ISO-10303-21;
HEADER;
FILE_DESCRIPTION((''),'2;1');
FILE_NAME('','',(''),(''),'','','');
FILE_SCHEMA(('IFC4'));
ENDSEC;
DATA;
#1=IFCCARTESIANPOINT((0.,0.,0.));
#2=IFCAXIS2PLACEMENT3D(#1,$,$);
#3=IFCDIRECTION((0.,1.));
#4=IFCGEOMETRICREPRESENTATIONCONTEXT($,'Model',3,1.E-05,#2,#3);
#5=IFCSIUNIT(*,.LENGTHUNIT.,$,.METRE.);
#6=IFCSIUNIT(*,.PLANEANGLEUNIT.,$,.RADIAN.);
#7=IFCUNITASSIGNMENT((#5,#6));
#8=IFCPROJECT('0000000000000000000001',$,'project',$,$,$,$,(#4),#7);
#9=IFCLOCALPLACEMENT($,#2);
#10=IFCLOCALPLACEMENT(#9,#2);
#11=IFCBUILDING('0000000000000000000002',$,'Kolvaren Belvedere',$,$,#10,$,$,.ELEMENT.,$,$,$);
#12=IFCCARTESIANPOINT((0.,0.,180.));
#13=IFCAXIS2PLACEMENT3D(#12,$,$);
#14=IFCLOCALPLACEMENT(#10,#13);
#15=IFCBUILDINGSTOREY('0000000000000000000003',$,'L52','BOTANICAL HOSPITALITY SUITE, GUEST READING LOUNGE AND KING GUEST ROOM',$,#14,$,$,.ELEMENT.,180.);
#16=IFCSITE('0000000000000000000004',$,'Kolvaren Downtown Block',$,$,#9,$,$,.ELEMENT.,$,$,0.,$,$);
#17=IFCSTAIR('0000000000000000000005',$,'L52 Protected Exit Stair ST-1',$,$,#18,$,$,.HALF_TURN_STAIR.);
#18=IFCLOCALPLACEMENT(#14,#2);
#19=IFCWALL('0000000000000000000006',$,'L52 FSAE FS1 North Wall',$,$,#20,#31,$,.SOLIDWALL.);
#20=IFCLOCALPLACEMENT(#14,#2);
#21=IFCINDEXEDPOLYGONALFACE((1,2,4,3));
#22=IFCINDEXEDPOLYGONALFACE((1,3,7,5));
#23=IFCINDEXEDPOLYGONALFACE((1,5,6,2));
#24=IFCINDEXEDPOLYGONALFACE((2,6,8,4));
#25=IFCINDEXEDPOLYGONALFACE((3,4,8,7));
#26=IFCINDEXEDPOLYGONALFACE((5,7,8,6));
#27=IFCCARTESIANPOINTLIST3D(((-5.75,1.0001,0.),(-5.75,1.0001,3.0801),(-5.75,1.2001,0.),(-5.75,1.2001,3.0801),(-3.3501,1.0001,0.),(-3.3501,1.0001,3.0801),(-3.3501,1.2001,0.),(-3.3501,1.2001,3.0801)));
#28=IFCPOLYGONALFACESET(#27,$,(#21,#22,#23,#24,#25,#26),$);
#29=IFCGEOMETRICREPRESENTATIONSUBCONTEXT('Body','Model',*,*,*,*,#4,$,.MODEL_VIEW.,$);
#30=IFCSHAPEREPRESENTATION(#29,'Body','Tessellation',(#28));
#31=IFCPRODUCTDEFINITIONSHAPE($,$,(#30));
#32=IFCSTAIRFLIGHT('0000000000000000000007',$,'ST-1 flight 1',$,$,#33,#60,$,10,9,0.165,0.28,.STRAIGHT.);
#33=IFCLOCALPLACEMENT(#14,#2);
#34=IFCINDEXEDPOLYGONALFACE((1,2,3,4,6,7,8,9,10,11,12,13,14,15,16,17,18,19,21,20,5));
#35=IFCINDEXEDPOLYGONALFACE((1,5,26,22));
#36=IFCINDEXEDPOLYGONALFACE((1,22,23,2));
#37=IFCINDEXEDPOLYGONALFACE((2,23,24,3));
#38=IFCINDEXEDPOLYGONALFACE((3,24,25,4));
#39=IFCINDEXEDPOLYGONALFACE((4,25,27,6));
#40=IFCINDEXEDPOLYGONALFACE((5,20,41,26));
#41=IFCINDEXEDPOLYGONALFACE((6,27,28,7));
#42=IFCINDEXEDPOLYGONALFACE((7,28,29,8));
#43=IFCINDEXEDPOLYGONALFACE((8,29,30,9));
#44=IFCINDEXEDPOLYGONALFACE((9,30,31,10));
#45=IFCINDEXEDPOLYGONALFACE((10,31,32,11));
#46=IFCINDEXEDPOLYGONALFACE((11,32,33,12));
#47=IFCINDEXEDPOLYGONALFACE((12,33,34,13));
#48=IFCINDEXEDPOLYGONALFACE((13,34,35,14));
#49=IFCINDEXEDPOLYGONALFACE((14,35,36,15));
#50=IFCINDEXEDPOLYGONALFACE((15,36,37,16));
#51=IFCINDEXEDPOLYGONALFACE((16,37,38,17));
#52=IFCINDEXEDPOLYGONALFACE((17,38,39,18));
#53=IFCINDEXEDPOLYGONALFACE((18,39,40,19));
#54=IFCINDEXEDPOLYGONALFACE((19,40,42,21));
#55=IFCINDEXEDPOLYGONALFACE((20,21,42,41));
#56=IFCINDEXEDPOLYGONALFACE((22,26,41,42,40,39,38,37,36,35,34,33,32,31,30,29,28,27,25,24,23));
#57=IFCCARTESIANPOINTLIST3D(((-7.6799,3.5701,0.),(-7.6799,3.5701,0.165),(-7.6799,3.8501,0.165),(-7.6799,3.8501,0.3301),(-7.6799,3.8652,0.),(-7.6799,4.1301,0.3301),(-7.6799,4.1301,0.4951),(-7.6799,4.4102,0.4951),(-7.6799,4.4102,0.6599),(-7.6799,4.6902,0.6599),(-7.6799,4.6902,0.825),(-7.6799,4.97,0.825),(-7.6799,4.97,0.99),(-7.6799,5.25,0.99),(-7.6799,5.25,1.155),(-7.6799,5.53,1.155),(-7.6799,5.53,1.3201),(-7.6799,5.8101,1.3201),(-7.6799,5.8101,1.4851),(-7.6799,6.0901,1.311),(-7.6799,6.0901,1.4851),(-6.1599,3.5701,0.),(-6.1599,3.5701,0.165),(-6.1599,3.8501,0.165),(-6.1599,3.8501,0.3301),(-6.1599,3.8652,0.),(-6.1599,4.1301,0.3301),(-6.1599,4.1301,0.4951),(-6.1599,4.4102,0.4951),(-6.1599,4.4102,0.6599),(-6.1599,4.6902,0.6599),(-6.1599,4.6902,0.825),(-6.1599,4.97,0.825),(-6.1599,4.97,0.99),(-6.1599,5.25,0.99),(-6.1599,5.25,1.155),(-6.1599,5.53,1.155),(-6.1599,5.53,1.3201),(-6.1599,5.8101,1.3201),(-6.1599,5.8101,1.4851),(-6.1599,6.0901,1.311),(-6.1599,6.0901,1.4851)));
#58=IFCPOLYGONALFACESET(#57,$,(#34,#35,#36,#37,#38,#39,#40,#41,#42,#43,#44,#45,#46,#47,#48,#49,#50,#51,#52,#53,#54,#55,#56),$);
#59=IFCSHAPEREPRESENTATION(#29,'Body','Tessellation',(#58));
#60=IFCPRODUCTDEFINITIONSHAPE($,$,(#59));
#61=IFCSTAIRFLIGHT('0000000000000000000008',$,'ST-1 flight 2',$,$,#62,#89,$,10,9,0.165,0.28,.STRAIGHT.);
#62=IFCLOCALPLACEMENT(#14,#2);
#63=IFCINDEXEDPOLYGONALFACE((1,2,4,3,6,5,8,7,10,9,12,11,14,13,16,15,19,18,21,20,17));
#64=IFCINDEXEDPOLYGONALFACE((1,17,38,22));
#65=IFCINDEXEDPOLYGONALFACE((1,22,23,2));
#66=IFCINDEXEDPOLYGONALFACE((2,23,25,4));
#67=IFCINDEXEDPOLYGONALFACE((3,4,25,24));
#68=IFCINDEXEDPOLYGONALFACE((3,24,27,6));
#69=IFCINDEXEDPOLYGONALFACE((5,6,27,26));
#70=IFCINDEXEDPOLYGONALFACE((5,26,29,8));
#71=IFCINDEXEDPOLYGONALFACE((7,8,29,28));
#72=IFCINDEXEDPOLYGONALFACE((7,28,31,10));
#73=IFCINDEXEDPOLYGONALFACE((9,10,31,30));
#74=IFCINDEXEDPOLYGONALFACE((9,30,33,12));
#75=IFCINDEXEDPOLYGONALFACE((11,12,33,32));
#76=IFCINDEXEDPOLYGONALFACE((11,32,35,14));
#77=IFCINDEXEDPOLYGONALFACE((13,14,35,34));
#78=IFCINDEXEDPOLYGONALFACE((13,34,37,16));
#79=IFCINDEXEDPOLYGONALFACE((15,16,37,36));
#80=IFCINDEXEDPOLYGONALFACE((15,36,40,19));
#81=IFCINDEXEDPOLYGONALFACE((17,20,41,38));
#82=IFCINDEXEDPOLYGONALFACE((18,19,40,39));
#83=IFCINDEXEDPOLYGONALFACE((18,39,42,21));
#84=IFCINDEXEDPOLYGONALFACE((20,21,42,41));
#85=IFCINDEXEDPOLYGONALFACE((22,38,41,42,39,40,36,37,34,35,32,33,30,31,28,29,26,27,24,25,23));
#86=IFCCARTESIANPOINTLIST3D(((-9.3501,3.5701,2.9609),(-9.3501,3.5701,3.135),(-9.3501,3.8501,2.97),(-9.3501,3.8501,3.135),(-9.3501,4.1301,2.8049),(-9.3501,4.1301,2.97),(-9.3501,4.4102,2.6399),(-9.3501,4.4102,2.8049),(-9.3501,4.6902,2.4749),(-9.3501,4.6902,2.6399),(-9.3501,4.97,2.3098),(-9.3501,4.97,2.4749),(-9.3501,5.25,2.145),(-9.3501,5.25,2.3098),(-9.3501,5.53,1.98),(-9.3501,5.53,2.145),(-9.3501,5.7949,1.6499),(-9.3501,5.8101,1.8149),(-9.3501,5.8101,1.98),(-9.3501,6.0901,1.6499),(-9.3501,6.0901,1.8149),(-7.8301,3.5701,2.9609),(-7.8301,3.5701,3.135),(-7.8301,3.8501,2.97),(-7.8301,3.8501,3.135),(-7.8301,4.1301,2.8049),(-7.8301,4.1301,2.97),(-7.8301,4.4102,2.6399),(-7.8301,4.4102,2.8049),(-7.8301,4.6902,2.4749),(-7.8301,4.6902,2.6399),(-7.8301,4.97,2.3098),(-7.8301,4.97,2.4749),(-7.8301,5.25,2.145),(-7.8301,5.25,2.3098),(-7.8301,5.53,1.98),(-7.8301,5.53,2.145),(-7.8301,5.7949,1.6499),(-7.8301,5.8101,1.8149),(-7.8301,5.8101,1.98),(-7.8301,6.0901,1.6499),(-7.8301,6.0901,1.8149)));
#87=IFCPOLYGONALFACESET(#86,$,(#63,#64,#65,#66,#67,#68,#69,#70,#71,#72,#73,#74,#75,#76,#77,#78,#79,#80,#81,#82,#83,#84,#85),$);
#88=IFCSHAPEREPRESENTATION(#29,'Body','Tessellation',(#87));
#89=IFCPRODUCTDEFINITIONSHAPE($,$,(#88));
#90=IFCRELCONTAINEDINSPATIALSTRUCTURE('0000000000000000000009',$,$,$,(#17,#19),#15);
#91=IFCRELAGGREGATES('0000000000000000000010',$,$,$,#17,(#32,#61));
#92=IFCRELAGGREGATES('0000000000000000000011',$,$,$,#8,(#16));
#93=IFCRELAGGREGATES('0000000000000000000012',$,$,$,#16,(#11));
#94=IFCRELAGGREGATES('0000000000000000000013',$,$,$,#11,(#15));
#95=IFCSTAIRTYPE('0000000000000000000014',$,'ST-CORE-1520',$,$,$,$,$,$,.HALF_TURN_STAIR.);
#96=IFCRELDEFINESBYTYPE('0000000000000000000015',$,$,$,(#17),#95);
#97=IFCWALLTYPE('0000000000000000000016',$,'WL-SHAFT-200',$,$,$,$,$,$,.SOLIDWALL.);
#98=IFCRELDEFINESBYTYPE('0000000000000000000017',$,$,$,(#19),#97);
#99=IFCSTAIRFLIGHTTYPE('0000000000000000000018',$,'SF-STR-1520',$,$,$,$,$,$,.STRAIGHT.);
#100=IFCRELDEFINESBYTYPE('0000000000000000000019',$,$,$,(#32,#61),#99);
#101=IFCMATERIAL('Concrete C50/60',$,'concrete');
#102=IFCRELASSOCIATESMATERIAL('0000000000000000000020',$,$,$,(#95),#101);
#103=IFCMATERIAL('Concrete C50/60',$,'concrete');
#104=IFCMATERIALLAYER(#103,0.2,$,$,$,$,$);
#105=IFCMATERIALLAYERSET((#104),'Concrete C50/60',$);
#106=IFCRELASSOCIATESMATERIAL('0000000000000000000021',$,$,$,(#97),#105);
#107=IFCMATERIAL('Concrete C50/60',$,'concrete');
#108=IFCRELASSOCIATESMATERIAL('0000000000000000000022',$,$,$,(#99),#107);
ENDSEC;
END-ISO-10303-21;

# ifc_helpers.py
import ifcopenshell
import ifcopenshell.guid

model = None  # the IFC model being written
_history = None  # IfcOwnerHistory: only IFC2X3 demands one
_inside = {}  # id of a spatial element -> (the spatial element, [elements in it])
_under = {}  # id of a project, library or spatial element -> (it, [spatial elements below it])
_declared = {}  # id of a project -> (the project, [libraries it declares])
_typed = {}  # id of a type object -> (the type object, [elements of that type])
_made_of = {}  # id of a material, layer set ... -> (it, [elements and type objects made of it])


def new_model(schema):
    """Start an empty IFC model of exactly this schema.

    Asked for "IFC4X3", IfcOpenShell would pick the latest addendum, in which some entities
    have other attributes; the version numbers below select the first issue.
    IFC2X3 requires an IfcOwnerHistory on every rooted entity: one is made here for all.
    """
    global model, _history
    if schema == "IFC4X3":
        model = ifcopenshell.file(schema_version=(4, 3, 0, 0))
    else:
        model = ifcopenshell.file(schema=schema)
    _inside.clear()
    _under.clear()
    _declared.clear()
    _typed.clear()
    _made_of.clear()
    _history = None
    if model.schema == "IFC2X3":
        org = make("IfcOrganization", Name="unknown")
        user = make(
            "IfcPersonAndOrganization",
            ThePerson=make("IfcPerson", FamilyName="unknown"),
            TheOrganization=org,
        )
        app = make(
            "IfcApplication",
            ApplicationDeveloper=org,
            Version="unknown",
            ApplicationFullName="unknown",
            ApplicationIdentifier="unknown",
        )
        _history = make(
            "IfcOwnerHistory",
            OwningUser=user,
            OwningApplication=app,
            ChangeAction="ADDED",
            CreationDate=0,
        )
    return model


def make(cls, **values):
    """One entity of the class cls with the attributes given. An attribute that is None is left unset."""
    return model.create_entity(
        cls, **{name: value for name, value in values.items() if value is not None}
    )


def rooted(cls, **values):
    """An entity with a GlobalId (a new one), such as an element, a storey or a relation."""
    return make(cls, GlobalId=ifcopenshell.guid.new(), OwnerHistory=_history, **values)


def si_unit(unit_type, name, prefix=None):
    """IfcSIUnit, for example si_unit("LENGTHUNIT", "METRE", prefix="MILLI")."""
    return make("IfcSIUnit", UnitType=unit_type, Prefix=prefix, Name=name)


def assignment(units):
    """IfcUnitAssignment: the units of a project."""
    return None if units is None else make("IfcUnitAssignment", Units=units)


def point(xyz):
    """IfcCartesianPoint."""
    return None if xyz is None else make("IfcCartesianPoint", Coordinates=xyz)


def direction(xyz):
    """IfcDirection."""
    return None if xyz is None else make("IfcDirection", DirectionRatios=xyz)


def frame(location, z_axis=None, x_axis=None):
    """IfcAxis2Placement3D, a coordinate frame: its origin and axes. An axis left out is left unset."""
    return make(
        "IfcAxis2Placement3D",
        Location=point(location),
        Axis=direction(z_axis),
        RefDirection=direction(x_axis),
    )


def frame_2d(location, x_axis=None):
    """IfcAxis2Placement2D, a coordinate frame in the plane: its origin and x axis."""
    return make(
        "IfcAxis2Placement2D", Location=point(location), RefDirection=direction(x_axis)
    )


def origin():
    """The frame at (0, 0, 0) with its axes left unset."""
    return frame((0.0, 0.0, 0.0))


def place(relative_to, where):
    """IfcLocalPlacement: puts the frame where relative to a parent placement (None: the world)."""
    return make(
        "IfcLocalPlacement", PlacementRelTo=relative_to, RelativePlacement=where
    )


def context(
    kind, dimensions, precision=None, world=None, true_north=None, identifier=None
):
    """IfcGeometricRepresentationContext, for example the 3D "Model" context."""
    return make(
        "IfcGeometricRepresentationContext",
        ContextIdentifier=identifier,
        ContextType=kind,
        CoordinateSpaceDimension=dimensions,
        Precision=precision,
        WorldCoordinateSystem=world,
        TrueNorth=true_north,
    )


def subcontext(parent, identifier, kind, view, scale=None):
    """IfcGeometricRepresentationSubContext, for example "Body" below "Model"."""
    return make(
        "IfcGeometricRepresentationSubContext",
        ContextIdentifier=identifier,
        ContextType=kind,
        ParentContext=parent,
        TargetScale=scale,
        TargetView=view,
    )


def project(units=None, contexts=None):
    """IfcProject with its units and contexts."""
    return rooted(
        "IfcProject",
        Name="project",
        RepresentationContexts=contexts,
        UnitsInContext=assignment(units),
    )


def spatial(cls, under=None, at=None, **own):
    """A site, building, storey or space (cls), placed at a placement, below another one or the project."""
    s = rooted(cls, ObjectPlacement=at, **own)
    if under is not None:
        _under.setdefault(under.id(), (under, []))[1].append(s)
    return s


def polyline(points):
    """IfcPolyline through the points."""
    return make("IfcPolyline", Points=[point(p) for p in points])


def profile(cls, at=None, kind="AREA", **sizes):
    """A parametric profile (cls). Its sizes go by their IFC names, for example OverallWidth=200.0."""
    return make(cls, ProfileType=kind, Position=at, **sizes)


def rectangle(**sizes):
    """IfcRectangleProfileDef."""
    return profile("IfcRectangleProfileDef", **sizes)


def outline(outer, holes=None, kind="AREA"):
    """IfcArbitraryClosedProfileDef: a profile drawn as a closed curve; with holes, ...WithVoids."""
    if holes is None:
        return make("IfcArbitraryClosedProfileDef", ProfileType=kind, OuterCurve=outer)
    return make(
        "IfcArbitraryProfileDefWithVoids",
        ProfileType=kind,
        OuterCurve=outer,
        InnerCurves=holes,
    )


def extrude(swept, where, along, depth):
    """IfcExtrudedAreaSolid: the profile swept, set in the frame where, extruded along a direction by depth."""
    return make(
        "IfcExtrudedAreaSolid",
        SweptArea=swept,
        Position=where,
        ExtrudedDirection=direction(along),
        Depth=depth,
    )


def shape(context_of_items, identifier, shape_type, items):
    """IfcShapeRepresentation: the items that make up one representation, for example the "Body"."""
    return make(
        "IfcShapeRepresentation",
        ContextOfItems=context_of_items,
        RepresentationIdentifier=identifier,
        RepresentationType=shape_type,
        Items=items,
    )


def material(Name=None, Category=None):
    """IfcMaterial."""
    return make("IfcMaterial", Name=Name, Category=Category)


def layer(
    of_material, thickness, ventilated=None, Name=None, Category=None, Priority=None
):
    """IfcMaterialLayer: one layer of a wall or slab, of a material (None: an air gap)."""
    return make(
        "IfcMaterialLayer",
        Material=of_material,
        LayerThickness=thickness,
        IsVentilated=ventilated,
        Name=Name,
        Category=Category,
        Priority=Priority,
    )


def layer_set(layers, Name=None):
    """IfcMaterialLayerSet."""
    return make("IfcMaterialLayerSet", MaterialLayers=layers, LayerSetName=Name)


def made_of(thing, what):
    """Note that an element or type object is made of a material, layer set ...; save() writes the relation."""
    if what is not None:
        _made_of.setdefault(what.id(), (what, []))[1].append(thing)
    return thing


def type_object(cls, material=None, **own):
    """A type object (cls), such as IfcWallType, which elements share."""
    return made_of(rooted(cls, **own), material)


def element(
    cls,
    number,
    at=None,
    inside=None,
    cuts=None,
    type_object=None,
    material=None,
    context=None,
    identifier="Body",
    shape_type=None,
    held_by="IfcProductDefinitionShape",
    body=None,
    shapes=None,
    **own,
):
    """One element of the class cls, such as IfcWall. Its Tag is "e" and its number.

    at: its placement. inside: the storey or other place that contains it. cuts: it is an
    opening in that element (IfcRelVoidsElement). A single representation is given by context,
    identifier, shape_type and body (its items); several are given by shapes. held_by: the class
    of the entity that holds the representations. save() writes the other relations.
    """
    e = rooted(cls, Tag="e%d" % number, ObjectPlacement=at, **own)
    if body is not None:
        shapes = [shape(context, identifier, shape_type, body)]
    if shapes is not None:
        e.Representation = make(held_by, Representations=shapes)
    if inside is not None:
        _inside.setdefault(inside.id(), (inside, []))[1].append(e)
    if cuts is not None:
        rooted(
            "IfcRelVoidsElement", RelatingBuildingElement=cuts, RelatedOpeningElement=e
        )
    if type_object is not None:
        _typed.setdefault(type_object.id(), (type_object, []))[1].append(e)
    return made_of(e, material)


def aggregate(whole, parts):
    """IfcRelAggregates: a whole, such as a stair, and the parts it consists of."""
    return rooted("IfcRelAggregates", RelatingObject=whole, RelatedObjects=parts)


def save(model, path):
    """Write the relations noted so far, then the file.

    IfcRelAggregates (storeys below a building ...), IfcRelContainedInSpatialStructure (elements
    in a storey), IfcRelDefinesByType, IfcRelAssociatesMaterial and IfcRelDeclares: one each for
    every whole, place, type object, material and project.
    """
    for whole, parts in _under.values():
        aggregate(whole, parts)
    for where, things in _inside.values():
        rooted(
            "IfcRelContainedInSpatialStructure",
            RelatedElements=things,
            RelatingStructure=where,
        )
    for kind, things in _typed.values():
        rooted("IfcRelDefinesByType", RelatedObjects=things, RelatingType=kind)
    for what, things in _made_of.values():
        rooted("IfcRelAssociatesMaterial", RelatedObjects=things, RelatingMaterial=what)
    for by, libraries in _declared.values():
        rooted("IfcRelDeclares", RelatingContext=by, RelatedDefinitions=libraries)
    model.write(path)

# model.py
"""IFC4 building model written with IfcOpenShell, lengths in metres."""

from ifc_helpers import new_model, si_unit, direction, frame, frame_2d, origin, place, context, subcontext, project, spatial, polyline, rectangle, outline, extrude, material, layer, layer_set, type_object, element, aggregate, save


model = new_model("IFC4")

# Units and contexts
model_context = context("Model", 3, precision=1e-05, world=origin(), true_north=direction((0.0, 1.0)))
body_context = subcontext(model_context, "Body", "Model", "MODEL_VIEW")
ifc_project = project(units=[si_unit("LENGTHUNIT", "METRE"), si_unit("PLANEANGLEUNIT", "RADIAN")], contexts=[model_context])

# Site, building, storey
site_placement = place(None, origin())
site = spatial("IfcSite", under=ifc_project, at=site_placement, Name="Kolvaren Downtown Block", CompositionType="ELEMENT", RefElevation=0.0)
building_placement = place(site_placement, origin())
building = spatial("IfcBuilding", under=site, at=building_placement, Name="Kolvaren Belvedere", CompositionType="ELEMENT")
storey_placement = place(building_placement, frame((0.0, 0.0, 180.0)))
storey = spatial("IfcBuildingStorey", under=building, at=storey_placement, Name="L52", Description="BOTANICAL HOSPITALITY SUITE, GUEST READING LOUNGE AND KING GUEST ROOM", CompositionType="ELEMENT", Elevation=180.0)

# Stair
ifc_material_1 = material(Name="Concrete C50/60", Category="concrete")
stair_type = type_object("IfcStairType", Name="ST-CORE-1520", PredefinedType="HALF_TURN_STAIR", material=ifc_material_1)
stair_1_placement = place(storey_placement, origin())
stair_1 = element("IfcStair", 1, at=stair_1_placement, inside=storey, type_object=stair_type, Name="L52 Protected Exit Stair ST-1", PredefinedType="HALF_TURN_STAIR")

# Wall
ifc_material_2 = material(Name="Concrete C50/60", Category="concrete")
ifc_layer_1 = layer(ifc_material_2, 0.2)
ifc_layer_set_1 = layer_set([ifc_layer_1], Name="Concrete C50/60")
wall_type_1 = type_object("IfcWallType", Name="WL-SHAFT-200", PredefinedType="SOLIDWALL", material=ifc_layer_set_1)
wall_1_placement = place(storey_placement, frame((-5.75, 1.1001, 0.0), z_axis=(0.0, 0.0, 1.0), x_axis=(1.0, 0.0, 0.0)))
element("IfcWall", 2, at=wall_1_placement, inside=storey, type_object=wall_type_1, Name="L52 FSAE FS1 North Wall", PredefinedType="SOLIDWALL", context=body_context, shape_type="SweptSolid", body=[
    extrude(rectangle(XDim=2.3999, YDim=0.2, at=frame_2d((1.2, 0.0))), origin(), (0.0, 0.0, 1.0), 3.0801),
])

# Stair flights
ifc_material_3 = material(Name="Concrete C50/60", Category="concrete")
stair_flight_type = type_object("IfcStairFlightType", Name="SF-STR-1520", PredefinedType="STRAIGHT", material=ifc_material_3)
stair_flight_1_placement = place(storey_placement, frame((-6.9199, 3.5701, 0.0), z_axis=(0.0, 0.0, 1.0), x_axis=(0.0, 1.0, 0.0)))
stair_flight_1 = element("IfcStairFlight", 3, at=stair_flight_1_placement, type_object=stair_flight_type, Name="ST-1 flight 1", NumberOfRisers=10, NumberOfTreads=9, PredefinedType="STRAIGHT", RiserHeight=0.165, TreadLength=0.28, context=body_context, shape_type="SweptSolid", body=[
    extrude(outline(polyline([(0.0, 0.0), (0.0, 0.165), (0.28, 0.165), (0.28, 0.3301), (0.5601, 0.3301), (0.5601, 0.4951), (0.8401, 0.4951), (0.8401, 0.6599), (1.1201, 0.6599), (1.1201, 0.825), (1.3999, 0.825), (1.3999, 0.99), (1.6799, 0.99), (1.6799, 1.155), (1.96, 1.155), (1.96, 1.3201), (2.24, 1.3201), (2.24, 1.4851), (2.52, 1.4851), (2.52, 1.6499), (2.52, 1.311), (0.2952, 0.0), (0.0, 0.0)])), frame((0.0, 0.76, 0.0), z_axis=(0.0, -1.0, 0.0), x_axis=(1.0, 0.0, 0.0)), (0.0, 0.0, 1.0), 1.52),
])
stair_flight_2_placement = place(storey_placement, frame((-8.5901, 6.0901, 1.6499), z_axis=(0.0, 0.0, 1.0), x_axis=(0.0, -1.0, 0.0)))
stair_flight_2 = element("IfcStairFlight", 4, at=stair_flight_2_placement, type_object=stair_flight_type, Name="ST-1 flight 2", NumberOfRisers=10, NumberOfTreads=9, PredefinedType="STRAIGHT", RiserHeight=0.165, TreadLength=0.28, context=body_context, shape_type="SweptSolid", body=[
    extrude(outline(polyline([(0.0, 0.0), (0.0, 0.165), (0.28, 0.165), (0.28, 0.3301), (0.5601, 0.3301), (0.5601, 0.4951), (0.8401, 0.4951), (0.8401, 0.6599), (1.1201, 0.6599), (1.1201, 0.825), (1.3999, 0.825), (1.3999, 0.99), (1.6799, 0.99), (1.6799, 1.155), (1.96, 1.155), (1.96, 1.3201), (2.24, 1.3201), (2.24, 1.4851), (2.52, 1.4851), (2.52, 1.6499), (2.52, 1.311), (0.2952, 0.0), (0.0, 0.0)])), frame((0.0, 0.76, 0.0), z_axis=(0.0, -1.0, 0.0), x_axis=(1.0, 0.0, 0.0)), (0.0, 0.0, 1.0), 1.52),
])
aggregate(stair_1, [stair_flight_1, stair_flight_2])

save(model, "model.ifc")
